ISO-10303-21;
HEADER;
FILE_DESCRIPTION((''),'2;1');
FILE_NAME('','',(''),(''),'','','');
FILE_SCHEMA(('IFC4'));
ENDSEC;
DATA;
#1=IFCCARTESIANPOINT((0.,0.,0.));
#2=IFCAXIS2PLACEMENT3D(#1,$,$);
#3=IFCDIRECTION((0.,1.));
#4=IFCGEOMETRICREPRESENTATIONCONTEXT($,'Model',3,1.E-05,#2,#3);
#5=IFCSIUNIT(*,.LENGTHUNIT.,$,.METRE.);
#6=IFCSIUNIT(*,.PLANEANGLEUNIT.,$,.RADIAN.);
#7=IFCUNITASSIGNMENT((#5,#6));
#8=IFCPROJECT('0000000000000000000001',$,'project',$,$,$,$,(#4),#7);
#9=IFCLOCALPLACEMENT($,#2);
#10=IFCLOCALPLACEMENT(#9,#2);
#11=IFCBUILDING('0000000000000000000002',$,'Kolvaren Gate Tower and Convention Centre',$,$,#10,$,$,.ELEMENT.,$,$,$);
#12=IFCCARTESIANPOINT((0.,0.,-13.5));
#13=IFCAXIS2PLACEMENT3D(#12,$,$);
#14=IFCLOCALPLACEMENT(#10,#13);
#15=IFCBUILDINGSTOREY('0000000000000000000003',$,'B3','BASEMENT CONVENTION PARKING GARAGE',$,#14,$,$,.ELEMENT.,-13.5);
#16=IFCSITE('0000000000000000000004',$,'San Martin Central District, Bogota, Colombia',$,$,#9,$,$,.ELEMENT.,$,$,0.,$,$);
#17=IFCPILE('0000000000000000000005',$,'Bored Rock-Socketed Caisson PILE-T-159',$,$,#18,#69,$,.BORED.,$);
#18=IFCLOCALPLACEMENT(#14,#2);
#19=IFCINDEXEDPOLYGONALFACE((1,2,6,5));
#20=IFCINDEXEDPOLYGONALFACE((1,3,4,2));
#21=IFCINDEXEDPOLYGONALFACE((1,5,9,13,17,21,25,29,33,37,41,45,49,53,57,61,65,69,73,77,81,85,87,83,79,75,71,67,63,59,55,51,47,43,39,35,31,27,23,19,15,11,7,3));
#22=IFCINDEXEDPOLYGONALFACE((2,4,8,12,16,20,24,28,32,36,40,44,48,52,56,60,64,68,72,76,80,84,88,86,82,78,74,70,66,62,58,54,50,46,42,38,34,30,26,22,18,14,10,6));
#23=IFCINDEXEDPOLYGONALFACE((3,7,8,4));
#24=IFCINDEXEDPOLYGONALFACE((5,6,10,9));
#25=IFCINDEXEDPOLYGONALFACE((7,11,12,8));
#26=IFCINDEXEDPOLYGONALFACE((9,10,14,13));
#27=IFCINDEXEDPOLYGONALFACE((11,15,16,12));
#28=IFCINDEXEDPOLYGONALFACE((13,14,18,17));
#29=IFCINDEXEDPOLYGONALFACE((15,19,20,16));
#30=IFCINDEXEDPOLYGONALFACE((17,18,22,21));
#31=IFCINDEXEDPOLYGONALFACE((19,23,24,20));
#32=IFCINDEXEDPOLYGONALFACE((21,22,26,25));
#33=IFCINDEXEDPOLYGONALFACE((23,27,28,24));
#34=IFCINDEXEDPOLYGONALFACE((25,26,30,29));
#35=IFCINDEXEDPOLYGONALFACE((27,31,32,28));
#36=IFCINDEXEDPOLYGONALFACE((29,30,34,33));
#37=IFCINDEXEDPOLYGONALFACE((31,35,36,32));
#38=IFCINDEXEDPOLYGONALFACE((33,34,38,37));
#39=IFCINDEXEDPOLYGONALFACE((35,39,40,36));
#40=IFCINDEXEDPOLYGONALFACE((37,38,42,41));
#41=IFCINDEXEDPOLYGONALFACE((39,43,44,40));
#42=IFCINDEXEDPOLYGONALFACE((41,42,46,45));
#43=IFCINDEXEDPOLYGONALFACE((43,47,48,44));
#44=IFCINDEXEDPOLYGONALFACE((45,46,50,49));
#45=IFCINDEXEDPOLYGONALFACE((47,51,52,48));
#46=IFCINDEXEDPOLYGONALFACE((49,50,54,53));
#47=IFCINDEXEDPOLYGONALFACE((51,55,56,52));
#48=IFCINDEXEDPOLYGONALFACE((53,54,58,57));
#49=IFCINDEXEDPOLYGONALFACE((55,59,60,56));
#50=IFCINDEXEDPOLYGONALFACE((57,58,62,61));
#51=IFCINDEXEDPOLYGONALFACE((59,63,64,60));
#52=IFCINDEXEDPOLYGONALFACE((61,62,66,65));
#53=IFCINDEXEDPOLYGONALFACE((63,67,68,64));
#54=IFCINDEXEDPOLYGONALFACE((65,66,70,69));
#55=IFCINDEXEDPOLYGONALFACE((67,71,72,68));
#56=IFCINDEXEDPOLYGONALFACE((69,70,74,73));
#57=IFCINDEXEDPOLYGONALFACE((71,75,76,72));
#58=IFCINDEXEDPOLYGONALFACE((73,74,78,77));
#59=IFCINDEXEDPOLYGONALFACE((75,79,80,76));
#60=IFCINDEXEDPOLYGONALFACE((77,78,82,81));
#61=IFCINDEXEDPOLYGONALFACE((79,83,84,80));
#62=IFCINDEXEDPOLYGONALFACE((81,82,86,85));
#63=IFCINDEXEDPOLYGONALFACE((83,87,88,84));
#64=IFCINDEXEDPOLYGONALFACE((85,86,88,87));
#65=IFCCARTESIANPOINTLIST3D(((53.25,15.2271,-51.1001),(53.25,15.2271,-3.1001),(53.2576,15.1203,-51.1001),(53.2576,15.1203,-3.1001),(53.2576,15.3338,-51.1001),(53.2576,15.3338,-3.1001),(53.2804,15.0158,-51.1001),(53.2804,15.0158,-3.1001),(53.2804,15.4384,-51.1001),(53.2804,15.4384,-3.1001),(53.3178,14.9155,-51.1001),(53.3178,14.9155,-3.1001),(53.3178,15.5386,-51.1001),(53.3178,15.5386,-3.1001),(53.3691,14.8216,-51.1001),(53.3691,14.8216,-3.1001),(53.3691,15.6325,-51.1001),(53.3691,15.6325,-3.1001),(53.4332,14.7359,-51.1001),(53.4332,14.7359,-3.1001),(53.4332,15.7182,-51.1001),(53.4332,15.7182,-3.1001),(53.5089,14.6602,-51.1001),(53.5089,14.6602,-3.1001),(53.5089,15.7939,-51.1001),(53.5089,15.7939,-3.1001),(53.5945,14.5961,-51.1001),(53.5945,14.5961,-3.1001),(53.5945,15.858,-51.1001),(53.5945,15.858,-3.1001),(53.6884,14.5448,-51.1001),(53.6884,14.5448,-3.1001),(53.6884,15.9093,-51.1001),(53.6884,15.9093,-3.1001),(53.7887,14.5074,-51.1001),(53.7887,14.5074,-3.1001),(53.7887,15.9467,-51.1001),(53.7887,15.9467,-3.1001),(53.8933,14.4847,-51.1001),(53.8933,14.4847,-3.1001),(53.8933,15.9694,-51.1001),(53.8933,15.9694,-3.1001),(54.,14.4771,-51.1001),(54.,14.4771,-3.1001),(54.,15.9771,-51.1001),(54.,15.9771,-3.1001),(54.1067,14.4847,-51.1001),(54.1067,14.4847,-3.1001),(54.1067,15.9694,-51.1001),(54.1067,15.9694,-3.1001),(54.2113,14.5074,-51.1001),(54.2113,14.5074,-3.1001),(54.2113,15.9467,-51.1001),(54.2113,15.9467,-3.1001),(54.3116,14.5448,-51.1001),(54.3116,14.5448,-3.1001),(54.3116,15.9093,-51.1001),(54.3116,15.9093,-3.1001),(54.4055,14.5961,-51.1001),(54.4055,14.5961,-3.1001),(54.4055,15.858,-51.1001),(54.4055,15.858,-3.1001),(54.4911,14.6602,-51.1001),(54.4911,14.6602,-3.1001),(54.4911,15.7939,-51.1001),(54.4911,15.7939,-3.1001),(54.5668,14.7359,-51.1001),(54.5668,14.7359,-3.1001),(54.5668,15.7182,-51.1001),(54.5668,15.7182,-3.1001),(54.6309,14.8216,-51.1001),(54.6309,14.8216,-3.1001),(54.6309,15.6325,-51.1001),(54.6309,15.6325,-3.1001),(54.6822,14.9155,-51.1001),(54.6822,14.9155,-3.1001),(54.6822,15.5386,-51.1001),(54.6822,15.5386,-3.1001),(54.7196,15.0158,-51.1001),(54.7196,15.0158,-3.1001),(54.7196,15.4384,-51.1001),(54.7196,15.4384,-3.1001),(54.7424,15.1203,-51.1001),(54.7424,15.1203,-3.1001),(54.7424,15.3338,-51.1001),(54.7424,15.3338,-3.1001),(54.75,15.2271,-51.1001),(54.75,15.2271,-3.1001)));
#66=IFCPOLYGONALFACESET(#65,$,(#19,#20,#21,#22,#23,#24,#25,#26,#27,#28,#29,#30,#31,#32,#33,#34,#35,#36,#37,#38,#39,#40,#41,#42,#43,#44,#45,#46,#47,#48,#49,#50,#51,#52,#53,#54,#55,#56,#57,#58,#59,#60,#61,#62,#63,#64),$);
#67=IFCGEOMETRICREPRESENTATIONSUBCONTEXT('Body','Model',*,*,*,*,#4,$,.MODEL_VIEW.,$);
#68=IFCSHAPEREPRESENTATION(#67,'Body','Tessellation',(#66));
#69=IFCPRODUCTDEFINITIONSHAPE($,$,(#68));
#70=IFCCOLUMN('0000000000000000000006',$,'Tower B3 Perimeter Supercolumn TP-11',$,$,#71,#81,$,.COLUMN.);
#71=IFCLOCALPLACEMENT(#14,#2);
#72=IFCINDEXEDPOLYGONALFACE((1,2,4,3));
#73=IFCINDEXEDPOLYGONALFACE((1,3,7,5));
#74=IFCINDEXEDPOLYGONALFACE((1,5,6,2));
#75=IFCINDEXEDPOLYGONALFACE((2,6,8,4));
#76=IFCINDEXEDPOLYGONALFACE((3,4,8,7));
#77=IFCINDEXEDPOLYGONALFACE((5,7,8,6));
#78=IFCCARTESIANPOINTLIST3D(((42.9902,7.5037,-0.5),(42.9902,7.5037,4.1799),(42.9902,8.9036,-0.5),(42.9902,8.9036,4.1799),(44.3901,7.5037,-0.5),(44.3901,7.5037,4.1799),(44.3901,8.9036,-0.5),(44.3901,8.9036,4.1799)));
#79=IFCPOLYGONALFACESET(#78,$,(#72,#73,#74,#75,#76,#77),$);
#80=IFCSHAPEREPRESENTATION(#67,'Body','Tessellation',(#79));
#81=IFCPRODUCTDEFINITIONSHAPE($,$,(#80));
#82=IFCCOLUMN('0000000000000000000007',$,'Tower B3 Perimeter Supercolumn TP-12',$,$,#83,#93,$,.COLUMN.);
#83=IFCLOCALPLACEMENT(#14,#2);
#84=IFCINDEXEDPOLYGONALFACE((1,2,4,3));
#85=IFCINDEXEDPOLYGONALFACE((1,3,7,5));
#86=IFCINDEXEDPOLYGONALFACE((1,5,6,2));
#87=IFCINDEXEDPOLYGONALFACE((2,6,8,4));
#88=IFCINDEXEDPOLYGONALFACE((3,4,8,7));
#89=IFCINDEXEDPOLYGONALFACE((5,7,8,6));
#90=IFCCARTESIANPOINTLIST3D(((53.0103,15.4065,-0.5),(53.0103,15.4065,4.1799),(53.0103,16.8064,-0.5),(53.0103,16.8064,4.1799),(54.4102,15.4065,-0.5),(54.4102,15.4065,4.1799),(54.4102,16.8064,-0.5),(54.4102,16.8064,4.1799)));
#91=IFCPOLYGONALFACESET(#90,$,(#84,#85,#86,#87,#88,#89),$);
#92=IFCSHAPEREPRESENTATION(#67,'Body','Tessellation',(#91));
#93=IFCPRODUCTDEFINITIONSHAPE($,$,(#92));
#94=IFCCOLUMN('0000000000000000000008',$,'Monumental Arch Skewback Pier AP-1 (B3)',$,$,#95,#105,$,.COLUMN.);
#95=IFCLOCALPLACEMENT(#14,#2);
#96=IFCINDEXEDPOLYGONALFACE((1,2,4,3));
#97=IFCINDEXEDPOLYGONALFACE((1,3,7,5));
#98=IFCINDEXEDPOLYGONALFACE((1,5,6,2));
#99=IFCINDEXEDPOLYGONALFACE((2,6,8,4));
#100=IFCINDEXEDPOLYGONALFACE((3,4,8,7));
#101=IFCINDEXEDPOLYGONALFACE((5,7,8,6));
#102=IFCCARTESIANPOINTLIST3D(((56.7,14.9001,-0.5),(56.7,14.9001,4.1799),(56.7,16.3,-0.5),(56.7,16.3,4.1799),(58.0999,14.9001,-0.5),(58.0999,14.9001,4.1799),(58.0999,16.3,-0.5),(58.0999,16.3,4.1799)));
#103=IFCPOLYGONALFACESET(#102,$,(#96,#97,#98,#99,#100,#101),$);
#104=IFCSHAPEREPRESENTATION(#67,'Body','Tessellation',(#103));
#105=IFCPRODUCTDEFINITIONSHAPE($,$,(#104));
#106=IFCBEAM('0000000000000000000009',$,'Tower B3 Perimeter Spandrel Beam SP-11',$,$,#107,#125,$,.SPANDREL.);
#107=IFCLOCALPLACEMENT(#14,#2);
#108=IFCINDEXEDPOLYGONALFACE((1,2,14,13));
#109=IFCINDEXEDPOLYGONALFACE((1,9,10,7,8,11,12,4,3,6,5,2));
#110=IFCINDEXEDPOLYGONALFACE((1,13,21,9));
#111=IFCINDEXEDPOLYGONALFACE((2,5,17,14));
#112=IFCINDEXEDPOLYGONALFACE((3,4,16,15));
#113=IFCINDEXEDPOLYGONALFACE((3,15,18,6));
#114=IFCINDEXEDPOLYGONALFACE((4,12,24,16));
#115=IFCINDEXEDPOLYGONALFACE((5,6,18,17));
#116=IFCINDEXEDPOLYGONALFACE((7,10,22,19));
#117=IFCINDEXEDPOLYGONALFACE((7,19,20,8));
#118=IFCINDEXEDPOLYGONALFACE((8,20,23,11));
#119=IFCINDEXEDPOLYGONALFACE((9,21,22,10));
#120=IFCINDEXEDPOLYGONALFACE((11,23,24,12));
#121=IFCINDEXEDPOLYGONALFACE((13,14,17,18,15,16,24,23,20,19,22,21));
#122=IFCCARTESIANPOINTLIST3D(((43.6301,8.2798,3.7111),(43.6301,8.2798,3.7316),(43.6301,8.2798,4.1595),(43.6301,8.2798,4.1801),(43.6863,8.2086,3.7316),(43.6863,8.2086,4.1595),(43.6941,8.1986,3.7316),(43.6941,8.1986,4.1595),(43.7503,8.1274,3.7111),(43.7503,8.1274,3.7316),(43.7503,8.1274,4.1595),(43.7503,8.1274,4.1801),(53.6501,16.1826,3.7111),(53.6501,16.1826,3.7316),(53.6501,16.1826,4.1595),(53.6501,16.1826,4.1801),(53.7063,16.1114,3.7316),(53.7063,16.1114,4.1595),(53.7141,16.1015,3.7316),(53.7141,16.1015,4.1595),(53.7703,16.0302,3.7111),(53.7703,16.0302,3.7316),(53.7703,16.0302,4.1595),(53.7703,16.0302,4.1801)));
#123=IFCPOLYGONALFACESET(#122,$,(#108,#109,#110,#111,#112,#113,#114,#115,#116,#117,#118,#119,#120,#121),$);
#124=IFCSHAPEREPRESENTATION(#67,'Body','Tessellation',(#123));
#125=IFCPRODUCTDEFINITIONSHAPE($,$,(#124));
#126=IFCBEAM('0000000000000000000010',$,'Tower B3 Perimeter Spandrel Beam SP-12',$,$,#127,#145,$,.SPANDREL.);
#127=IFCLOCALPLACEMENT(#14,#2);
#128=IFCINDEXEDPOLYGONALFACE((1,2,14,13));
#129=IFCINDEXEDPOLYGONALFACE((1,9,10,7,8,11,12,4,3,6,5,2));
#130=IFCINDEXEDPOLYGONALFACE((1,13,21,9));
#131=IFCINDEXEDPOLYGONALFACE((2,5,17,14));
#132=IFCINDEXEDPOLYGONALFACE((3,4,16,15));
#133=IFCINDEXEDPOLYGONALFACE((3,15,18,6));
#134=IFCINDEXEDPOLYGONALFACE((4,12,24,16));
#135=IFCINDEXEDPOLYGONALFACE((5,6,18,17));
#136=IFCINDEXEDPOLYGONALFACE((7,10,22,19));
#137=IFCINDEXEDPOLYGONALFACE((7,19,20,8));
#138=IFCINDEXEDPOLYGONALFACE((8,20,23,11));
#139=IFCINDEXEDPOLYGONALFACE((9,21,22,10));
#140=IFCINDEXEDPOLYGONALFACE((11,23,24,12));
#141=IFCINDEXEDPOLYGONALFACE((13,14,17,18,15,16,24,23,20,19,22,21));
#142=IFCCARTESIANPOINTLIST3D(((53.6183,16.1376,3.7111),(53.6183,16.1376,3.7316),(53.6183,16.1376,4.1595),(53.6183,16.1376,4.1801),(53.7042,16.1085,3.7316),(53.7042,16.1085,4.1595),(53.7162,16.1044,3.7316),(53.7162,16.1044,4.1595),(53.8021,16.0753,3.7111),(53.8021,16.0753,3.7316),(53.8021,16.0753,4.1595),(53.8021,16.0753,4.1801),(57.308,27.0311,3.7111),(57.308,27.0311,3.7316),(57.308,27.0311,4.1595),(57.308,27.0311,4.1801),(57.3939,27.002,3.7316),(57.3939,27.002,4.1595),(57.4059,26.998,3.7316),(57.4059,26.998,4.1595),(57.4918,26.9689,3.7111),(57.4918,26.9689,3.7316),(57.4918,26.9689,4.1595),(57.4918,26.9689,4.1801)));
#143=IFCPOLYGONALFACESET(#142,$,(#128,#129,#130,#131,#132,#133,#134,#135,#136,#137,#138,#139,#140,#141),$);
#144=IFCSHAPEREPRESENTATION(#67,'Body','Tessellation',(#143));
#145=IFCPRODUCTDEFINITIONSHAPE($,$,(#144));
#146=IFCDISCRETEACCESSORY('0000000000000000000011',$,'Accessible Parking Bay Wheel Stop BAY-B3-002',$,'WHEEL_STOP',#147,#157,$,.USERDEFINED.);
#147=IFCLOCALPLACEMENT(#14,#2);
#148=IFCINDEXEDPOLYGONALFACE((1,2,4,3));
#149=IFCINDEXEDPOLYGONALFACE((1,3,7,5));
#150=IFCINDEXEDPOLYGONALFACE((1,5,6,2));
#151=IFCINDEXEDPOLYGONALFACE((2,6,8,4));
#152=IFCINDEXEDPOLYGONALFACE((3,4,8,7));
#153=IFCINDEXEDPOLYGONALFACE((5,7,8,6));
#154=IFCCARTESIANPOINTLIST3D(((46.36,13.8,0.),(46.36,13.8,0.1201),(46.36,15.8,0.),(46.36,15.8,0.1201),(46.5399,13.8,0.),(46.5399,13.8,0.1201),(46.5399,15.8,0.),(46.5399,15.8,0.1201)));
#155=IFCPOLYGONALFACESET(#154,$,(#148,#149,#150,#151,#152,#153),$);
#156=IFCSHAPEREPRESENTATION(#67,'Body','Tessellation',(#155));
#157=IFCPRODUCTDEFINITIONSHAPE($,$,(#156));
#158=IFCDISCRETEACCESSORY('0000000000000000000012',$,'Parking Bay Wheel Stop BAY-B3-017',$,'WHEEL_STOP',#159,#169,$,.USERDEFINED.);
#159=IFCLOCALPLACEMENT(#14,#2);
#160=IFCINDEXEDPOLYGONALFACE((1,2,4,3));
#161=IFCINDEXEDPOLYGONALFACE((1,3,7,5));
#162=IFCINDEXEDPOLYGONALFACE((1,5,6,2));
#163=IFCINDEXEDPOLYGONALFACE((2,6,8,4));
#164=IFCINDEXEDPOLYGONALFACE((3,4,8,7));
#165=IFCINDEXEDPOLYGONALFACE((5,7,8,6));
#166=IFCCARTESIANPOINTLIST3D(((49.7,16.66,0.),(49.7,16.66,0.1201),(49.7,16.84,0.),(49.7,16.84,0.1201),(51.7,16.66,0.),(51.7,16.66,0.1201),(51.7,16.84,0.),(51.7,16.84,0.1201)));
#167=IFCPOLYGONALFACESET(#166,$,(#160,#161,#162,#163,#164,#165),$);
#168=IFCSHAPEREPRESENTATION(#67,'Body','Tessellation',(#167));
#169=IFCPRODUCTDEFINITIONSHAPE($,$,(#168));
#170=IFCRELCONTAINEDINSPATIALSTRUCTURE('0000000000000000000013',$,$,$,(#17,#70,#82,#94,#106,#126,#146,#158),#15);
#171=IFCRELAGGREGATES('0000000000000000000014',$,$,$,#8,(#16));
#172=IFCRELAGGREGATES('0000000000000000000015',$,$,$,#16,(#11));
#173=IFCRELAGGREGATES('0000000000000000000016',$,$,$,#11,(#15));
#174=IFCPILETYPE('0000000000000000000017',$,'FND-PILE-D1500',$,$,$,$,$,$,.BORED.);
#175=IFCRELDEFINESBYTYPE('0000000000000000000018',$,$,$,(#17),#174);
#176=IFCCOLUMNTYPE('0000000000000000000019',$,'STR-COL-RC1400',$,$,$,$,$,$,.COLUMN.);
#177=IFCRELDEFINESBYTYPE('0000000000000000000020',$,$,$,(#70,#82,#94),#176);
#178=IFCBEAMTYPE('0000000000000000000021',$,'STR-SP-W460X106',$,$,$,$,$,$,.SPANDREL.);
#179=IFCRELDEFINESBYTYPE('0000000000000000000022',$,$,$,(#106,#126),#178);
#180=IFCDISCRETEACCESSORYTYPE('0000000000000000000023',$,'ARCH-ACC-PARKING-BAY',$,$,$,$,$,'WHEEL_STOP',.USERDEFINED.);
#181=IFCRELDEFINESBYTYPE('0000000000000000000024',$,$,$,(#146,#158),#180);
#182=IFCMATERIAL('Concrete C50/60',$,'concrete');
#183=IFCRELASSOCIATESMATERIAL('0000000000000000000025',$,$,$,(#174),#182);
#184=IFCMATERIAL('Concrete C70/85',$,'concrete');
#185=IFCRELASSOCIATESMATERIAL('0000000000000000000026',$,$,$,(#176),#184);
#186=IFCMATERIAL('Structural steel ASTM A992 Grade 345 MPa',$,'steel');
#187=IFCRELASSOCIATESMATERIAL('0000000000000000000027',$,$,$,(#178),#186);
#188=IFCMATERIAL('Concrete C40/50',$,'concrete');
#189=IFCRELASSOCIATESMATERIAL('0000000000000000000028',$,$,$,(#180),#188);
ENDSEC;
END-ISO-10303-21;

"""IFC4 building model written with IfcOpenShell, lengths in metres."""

from ifc_helpers import new_model, si_unit, direction, frame, origin, origin_2d, place, context, subcontext, project, spatial, rectangle, circle, i_section, extrude, material, material_profile, profile_set, type_object, element, save


model = new_model("IFC4")

# Units and contexts
model_context = context("Model", 3, precision=1e-05, world=origin(), true_north=direction((0.0, 1.0)))
body_context = subcontext(model_context, "Body", "Model", "MODEL_VIEW")
ifc_project = project(units=[si_unit("LENGTHUNIT", "METRE"), si_unit("PLANEANGLEUNIT", "RADIAN")], contexts=[model_context])

# Site, building, storey
site_placement = place(None, origin())
site = spatial("IfcSite", under=ifc_project, at=site_placement, Name="San Martin Central District, Bogota, Colombia", CompositionType="ELEMENT", RefElevation=0.0)
building_placement = place(site_placement, origin())
building = spatial("IfcBuilding", under=site, at=building_placement, Name="Kolvaren Gate Tower and Convention Centre", CompositionType="ELEMENT")
storey_placement = place(building_placement, frame((0.0, 0.0, -13.5)))
storey = spatial("IfcBuildingStorey", under=building, at=storey_placement, Name="B3", Description="BASEMENT CONVENTION PARKING GARAGE", CompositionType="ELEMENT", Elevation=-13.5)

# Shared definitions
ifc_material_1 = material(Name="Concrete C50/60", Category="concrete")

# Pile
ifc_material_profile_1 = material_profile(ifc_material_1, circle(Radius=0.75, at=origin_2d()), Name="CAISSON-D1500")
ifc_profile_set_1 = profile_set([ifc_material_profile_1], Name="Concrete C50/60")
pile_type = type_object("IfcPileType", Name="FND-PILE-D1500", PredefinedType="BORED", material=ifc_profile_set_1)
for number, where, z_axis, x_axis, name in (
    (1, (54.0, 15.2271, -3.1001), (0.0, 0.0, -1.0), (1.0, 0.0, 0.0), "Bored Rock-Socketed Caisson PILE-T-159"),
):
    element("IfcPile", number, at=place(storey_placement, frame(where, z_axis=z_axis, x_axis=x_axis)), inside=storey, type_object=pile_type, Name=name, PredefinedType="BORED", context=body_context, shape_type="SweptSolid", body=[
        extrude(circle(Radius=0.75, at=origin_2d()), origin(), (0.0, 0.0, 1.0), 48.0),
    ])

# Columns
ifc_material_2 = material(Name="Concrete C70/85", Category="concrete")
ifc_material_profile_2 = material_profile(ifc_material_2, rectangle(XDim=1.3999, YDim=1.3999, at=origin_2d()), Name="RC-COL-1400X1400")
ifc_profile_set_2 = profile_set([ifc_material_profile_2], Name="Concrete C70/85")
column_type = type_object("IfcColumnType", Name="STR-COL-RC1400", PredefinedType="COLUMN", material=ifc_profile_set_2)
for number, where, z_axis, x_axis, name in (
    (2, (43.6902, 8.2036, -0.5), (0.0, 0.0, 1.0), (1.0, 0.0, 0.0), "Tower B3 Perimeter Supercolumn TP-11"),
    (3, (53.7102, 16.1064, -0.5), (0.0, 0.0, 1.0), (1.0, 0.0, 0.0), "Tower B3 Perimeter Supercolumn TP-12"),
    (4, (57.3999, 15.6001, -0.5), (0.0, 0.0, 1.0), (1.0, 0.0, 0.0), "Monumental Arch Skewback Pier AP-1 (B3)"),
):
    element("IfcColumn", number, at=place(storey_placement, frame(where, z_axis=z_axis, x_axis=x_axis)), inside=storey, type_object=column_type, Name=name, PredefinedType="COLUMN", context=body_context, shape_type="SweptSolid", body=[
        extrude(rectangle(XDim=1.3999, YDim=1.3999, at=origin_2d()), origin(), (0.0, 0.0, 1.0), 4.6799),
    ])

# Beams
ifc_material_3 = material(Name="Structural steel ASTM A992 Grade 345 MPa", Category="steel")
ifc_material_profile_3 = material_profile(ifc_material_3, i_section(OverallWidth=0.1941, OverallDepth=0.469, WebThickness=0.0127, FlangeThickness=0.0205, at=origin_2d()), Name="W460X106")
ifc_profile_set_3 = profile_set([ifc_material_profile_3], Name="Structural steel ASTM A992 Grade 345 MPa")
beam_type = type_object("IfcBeamType", Name="STR-SP-W460X106", PredefinedType="SPANDREL", material=ifc_profile_set_3)
beam_1_placement = place(storey_placement, frame((43.6902, 8.2036, 3.9456), z_axis=(0.785176, 0.619272, 0.0), x_axis=(-0.619272, 0.785176, 0.0)))
element("IfcBeam", 5, at=beam_1_placement, inside=storey, type_object=beam_type, Name="Tower B3 Perimeter Spandrel Beam SP-11", PredefinedType="SPANDREL", context=body_context, shape_type="SweptSolid", body=[
    extrude(i_section(OverallWidth=0.1941, OverallDepth=0.469, WebThickness=0.0127, FlangeThickness=0.0205, at=origin_2d()), origin(), (0.0, 0.0, 1.0), 12.7615),
])
beam_2_placement = place(storey_placement, frame((53.7102, 16.1064, 3.9456), z_axis=(0.320803, 0.947146, 0.0), x_axis=(-0.947146, 0.320803, 0.0)))
element("IfcBeam", 6, at=beam_2_placement, inside=storey, type_object=beam_type, Name="Tower B3 Perimeter Spandrel Beam SP-12", PredefinedType="SPANDREL", context=body_context, shape_type="SweptSolid", body=[
    extrude(i_section(OverallWidth=0.1941, OverallDepth=0.469, WebThickness=0.0127, FlangeThickness=0.0205, at=origin_2d()), origin(), (0.0, 0.0, 1.0), 11.5015),
])

# Discrete accessories
ifc_material_4 = material(Name="Concrete C40/50", Category="concrete")
discrete_accessory_type = type_object("IfcDiscreteAccessoryType", Name="ARCH-ACC-PARKING-BAY", ElementType="WHEEL_STOP", PredefinedType="USERDEFINED", material=ifc_material_4)
for number, where, z_axis, x_axis, name in (
    (7, (46.45, 14.8, 0.0), (0.0, 0.0, 1.0), (0.0, 1.0, 0.0), "Accessible Parking Bay Wheel Stop BAY-B3-002"),
    (8, (50.7, 16.75, 0.0), (0.0, 0.0, 1.0), (1.0, 0.0, 0.0), "Parking Bay Wheel Stop BAY-B3-017"),
):
    element("IfcDiscreteAccessory", number, at=place(storey_placement, frame(where, z_axis=z_axis, x_axis=x_axis)), inside=storey, type_object=discrete_accessory_type, Name=name, ObjectType="WHEEL_STOP", PredefinedType="USERDEFINED", context=body_context, shape_type="SweptSolid", body=[
        extrude(rectangle(XDim=2.0, YDim=0.1799, at=origin_2d()), origin(), (0.0, 0.0, 1.0), 0.1201),
    ])

save(model, "model.ifc")
